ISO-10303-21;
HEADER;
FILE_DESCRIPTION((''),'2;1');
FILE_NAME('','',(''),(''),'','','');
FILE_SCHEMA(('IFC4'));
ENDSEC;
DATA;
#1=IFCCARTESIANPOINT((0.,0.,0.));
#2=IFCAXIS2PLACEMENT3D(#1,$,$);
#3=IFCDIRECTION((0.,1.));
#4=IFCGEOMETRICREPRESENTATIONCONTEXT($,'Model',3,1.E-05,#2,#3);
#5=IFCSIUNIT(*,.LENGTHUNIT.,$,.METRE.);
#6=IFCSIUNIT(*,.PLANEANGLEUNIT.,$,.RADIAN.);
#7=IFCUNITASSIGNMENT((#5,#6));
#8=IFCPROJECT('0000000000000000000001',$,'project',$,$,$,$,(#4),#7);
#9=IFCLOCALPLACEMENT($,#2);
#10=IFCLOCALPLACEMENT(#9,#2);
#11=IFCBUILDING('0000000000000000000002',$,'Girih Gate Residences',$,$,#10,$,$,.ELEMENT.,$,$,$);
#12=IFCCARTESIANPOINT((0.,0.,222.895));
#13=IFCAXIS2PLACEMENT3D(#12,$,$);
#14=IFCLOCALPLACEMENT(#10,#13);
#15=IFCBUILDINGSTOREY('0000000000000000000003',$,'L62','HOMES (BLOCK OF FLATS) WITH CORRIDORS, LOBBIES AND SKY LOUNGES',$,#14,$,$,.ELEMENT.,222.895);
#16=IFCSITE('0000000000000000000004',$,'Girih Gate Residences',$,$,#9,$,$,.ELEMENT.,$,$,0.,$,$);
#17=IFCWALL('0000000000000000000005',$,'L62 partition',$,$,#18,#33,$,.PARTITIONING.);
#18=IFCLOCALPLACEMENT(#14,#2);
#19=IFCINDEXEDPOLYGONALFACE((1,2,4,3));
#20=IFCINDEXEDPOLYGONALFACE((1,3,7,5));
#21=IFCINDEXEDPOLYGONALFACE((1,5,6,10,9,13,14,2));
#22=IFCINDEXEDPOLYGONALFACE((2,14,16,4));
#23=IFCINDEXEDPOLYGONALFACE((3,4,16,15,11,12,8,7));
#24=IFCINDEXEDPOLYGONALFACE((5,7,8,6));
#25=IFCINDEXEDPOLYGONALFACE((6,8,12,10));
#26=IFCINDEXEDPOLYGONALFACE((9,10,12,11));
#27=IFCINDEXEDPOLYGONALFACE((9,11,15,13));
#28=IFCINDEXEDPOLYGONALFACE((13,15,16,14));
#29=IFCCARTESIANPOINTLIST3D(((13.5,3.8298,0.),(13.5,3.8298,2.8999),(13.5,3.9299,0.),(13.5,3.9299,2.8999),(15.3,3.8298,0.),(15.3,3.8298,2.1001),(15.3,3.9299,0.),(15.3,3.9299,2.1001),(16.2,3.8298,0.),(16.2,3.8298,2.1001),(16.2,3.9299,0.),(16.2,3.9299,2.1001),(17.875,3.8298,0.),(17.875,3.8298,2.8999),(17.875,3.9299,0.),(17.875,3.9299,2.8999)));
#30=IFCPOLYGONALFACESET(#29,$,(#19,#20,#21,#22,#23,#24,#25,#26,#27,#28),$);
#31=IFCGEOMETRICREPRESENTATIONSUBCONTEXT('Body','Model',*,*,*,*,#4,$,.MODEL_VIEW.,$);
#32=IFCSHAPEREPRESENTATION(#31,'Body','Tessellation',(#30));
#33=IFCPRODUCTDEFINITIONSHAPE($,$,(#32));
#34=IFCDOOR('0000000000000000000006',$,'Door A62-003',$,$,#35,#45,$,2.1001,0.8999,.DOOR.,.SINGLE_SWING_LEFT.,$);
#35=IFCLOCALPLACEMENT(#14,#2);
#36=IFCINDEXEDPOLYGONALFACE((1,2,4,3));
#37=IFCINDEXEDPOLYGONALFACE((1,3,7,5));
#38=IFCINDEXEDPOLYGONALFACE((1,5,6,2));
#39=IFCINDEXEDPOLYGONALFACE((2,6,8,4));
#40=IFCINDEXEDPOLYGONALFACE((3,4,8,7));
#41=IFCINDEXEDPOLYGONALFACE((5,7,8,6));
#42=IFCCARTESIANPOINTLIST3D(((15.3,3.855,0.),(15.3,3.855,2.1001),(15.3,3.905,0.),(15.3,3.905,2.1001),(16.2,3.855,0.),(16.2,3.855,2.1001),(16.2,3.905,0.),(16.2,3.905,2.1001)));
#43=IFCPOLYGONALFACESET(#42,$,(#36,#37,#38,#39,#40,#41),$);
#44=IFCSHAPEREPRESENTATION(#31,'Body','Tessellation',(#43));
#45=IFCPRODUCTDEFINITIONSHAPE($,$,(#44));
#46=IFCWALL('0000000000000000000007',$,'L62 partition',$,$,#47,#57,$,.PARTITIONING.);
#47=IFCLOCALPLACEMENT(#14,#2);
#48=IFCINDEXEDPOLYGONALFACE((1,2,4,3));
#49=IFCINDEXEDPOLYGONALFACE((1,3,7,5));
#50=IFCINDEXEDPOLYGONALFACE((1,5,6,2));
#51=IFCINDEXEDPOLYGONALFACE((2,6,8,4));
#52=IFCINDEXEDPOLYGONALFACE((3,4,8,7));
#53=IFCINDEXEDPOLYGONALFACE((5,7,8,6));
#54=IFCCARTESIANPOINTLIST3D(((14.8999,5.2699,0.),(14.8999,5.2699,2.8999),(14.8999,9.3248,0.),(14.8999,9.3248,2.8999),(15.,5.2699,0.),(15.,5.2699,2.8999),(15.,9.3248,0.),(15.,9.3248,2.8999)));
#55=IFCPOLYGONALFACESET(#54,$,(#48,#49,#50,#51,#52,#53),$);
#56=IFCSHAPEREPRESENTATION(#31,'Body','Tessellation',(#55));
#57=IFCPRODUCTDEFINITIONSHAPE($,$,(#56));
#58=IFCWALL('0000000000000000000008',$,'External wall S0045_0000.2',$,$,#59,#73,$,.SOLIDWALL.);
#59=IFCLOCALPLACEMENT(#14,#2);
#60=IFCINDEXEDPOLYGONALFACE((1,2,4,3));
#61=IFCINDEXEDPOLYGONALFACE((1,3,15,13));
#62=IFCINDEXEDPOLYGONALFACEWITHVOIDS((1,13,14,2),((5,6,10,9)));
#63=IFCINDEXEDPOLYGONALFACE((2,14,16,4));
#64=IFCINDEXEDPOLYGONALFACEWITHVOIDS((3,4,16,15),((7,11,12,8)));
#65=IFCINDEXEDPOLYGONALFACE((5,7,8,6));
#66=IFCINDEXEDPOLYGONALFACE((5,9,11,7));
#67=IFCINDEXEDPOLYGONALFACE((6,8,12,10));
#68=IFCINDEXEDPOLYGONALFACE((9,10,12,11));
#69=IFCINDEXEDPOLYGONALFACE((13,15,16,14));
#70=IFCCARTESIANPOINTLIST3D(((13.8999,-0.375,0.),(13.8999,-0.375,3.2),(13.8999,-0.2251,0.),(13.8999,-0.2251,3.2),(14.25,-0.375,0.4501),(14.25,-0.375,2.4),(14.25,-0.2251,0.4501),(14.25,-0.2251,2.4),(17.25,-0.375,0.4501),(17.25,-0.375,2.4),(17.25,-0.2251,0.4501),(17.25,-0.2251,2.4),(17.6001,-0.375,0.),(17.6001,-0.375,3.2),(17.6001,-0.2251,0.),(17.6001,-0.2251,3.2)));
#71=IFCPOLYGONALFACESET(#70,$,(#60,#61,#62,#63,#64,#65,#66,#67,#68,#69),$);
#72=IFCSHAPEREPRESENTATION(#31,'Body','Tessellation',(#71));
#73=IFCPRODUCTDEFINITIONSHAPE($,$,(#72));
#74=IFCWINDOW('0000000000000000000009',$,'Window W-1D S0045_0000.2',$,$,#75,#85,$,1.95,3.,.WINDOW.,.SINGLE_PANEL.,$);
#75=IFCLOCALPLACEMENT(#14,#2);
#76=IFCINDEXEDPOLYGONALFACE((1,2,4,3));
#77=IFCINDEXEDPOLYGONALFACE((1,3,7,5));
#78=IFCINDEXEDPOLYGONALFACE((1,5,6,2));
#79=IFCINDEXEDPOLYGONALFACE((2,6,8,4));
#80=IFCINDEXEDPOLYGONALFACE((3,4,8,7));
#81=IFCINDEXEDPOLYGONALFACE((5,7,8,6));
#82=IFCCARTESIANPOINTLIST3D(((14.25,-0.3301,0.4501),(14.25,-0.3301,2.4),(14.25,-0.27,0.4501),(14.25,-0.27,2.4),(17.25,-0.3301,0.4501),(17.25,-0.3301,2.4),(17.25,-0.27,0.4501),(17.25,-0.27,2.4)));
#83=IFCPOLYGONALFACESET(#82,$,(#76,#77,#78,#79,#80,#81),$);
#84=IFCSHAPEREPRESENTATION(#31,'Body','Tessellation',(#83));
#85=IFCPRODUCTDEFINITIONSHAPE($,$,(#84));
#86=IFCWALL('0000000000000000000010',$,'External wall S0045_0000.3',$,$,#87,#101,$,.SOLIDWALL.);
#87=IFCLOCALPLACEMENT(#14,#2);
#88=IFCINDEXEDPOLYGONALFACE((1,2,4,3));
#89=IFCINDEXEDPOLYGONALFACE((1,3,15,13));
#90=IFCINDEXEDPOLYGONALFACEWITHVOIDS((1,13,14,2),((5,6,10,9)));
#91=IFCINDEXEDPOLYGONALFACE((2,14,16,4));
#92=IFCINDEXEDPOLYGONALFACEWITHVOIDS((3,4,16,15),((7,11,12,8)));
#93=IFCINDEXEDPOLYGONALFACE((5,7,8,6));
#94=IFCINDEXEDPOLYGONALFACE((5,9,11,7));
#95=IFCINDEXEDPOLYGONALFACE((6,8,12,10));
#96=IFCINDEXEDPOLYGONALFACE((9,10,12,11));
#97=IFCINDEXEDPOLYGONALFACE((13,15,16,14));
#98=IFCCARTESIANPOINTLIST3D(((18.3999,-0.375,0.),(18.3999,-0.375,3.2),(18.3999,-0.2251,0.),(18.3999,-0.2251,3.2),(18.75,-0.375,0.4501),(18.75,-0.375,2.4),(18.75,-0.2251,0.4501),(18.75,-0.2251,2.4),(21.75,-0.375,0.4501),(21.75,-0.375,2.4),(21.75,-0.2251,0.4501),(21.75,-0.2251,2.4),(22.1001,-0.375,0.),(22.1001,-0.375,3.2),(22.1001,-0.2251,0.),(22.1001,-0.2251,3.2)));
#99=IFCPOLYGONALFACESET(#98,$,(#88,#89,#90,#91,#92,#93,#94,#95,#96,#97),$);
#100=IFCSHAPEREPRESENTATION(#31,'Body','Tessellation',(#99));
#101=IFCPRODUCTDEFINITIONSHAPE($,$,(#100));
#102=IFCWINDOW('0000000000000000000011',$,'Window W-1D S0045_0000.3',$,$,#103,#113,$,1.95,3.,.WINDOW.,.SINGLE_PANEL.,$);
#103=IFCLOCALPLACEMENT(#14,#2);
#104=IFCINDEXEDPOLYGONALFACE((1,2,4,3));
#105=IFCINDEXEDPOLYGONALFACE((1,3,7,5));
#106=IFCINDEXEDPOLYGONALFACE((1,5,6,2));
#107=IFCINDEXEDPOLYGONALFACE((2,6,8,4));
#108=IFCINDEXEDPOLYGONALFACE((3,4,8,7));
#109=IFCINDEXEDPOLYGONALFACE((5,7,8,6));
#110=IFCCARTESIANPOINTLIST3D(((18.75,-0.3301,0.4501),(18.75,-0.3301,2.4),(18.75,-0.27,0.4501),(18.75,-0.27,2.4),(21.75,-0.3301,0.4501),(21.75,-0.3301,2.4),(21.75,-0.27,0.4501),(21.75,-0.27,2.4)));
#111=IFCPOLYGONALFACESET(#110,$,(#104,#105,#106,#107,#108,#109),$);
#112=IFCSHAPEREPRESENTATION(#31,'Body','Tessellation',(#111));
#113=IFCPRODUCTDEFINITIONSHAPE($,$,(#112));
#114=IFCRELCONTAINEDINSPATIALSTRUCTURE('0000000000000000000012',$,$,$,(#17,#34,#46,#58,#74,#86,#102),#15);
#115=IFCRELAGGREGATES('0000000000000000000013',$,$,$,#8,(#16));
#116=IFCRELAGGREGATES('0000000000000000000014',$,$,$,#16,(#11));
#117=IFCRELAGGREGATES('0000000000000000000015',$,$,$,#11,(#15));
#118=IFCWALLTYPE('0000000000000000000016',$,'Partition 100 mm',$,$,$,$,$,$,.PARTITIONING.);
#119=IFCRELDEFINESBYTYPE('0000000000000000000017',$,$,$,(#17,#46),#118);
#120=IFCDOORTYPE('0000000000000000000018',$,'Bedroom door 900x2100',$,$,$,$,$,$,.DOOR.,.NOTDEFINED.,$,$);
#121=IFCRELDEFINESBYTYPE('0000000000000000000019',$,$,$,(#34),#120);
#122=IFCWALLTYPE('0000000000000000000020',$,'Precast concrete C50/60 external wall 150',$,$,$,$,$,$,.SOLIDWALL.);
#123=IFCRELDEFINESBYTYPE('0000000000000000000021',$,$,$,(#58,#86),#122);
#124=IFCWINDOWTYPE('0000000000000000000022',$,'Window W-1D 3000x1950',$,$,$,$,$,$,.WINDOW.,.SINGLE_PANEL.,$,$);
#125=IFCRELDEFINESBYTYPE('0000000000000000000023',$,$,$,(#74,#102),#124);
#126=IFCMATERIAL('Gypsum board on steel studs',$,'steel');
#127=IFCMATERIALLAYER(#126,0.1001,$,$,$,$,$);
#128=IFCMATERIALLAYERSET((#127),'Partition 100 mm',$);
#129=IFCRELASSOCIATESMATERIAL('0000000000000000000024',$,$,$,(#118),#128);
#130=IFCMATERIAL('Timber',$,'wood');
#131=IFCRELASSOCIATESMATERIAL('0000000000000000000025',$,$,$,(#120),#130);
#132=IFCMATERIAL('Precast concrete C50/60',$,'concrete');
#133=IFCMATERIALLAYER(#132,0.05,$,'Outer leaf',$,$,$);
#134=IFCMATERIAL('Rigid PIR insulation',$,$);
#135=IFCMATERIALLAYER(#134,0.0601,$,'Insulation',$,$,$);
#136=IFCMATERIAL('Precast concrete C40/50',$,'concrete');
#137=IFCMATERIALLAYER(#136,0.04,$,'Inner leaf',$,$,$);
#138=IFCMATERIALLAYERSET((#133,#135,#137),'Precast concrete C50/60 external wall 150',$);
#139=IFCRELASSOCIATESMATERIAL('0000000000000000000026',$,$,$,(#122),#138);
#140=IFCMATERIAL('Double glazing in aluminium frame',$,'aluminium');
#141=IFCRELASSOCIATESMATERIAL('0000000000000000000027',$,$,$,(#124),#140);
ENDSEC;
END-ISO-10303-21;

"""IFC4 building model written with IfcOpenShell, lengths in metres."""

from ifc_helpers import new_model, si_unit, direction, frame, frame_2d, origin, place, context, subcontext, project, spatial, rectangle, extrude, material, layer, layer_set, type_object, element, fill, save


model = new_model("IFC4")

# Units and contexts
model_context = context("Model", 3, precision=1e-05, world=origin(), true_north=direction((0.0, 1.0)))
body_context = subcontext(model_context, "Body", "Model", "MODEL_VIEW")
ifc_project = project(units=[si_unit("LENGTHUNIT", "METRE"), si_unit("PLANEANGLEUNIT", "RADIAN")], contexts=[model_context])

# Site, building, storey
site_placement = place(None, origin())
site = spatial("IfcSite", under=ifc_project, at=site_placement, Name="Girih Gate Residences", CompositionType="ELEMENT", RefElevation=0.0)
building_placement = place(site_placement, origin())
building = spatial("IfcBuilding", under=site, at=building_placement, Name="Girih Gate Residences", CompositionType="ELEMENT")
storey_placement = place(building_placement, frame((0.0, 0.0, 222.895)))
storey = spatial("IfcBuildingStorey", under=building, at=storey_placement, Name="L62", Description="HOMES (BLOCK OF FLATS) WITH CORRIDORS, LOBBIES AND SKY LOUNGES", CompositionType="ELEMENT", Elevation=222.895)

# Shared definitions
ifc_material_1 = material(Name="Gypsum board on steel studs", Category="steel")

# Shared definitions
ifc_layer_1 = layer(ifc_material_1, 0.1001)
ifc_layer_set_1 = layer_set([ifc_layer_1], Name="Partition 100 mm")
wall_type_1 = type_object("IfcWallType", Name="Partition 100 mm", PredefinedType="PARTITIONING", material=ifc_layer_set_1)

# Wall, opening, door
ifc_material_2 = material(Name="Timber", Category="wood")
door_type_1 = type_object("IfcDoorType", Name="Bedroom door 900x2100", OperationType="NOTDEFINED", PredefinedType="DOOR", material=ifc_material_2)
wall_1_placement = place(storey_placement, frame((17.875, 3.8799, 0.0), z_axis=(0.0, 0.0, 1.0), x_axis=(-1.0, 0.0, 0.0)))
wall_1 = element("IfcWall", 1, at=wall_1_placement, inside=storey, type_object=wall_type_1, Name="L62 partition", PredefinedType="PARTITIONING", context=body_context, shape_type="SweptSolid", body=[
    extrude(rectangle(XDim=4.375, YDim=0.1001, at=frame_2d((2.1875, 0.0))), origin(), (0.0, 0.0, 1.0), 2.8999),
])
opening_1_placement = place(wall_1_placement, frame((1.675, 0.0, 0.0)))
opening_1 = element("IfcOpeningElement", 2, at=opening_1_placement, cuts=wall_1, PredefinedType="OPENING", context=body_context, shape_type="SweptSolid", body=[
    extrude(rectangle(XDim=0.8999, YDim=2.1001, at=frame_2d((0.45, 1.05))), frame((0.0, 0.0601, 0.0), z_axis=(0.0, -1.0, 0.0), x_axis=(1.0, 0.0, 0.0)), (0.0, 0.0, 1.0), 0.1201),
])
door_1_placement = place(opening_1_placement, origin())
door_1 = element("IfcDoor", 3, at=door_1_placement, inside=storey, type_object=door_type_1, Name="Door A62-003", OperationType="SINGLE_SWING_LEFT", OverallHeight=2.1001, OverallWidth=0.8999, PredefinedType="DOOR", context=body_context, shape_type="SweptSolid", body=[
    extrude(rectangle(XDim=0.8999, YDim=2.1001, at=frame_2d((0.45, 1.05))), frame((0.0, 0.0249, 0.0), z_axis=(0.0, -1.0, 0.0), x_axis=(1.0, 0.0, 0.0)), (0.0, 0.0, 1.0), 0.05),
])
fill(opening_1, door_1)

# Wall
wall_2_placement = place(storey_placement, frame((14.95, 5.27, 0.0), z_axis=(0.0, 0.0, 1.0), x_axis=(0.0, 1.0, 0.0)))
element("IfcWall", 4, at=wall_2_placement, inside=storey, type_object=wall_type_1, Name="L62 partition", PredefinedType="PARTITIONING", context=body_context, shape_type="SweptSolid", body=[
    extrude(rectangle(XDim=4.0549, YDim=0.1001, at=frame_2d((2.0273, 0.0))), origin(), (0.0, 0.0, 1.0), 2.8999),
])

# Walls, openings, windows
ifc_material_3 = material(Name="Precast concrete C50/60", Category="concrete")
ifc_layer_2 = layer(ifc_material_3, 0.05, Name="Outer leaf")
ifc_material_4 = material(Name="Rigid PIR insulation")
ifc_layer_3 = layer(ifc_material_4, 0.0601, Name="Insulation")
ifc_material_5 = material(Name="Precast concrete C40/50", Category="concrete")
ifc_layer_4 = layer(ifc_material_5, 0.04, Name="Inner leaf")
ifc_layer_set_2 = layer_set([ifc_layer_2, ifc_layer_3, ifc_layer_4], Name="Precast concrete C50/60 external wall 150")
wall_type_2 = type_object("IfcWallType", Name="Precast concrete C50/60 external wall 150", PredefinedType="SOLIDWALL", material=ifc_layer_set_2)
wall_3_placement = place(storey_placement, frame((17.6001, -0.3, 0.0), z_axis=(0.0, 0.0, 1.0), x_axis=(-1.0, 0.0, 0.0)))
wall_3 = element("IfcWall", 5, at=wall_3_placement, inside=storey, type_object=wall_type_2, Name="External wall S0045_0000.2", PredefinedType="SOLIDWALL", context=body_context, shape_type="SweptSolid", body=[
    extrude(rectangle(XDim=3.7002, YDim=0.1499, at=frame_2d((1.8501, 0.0))), origin(), (0.0, 0.0, 1.0), 3.2),
])
opening_2_placement = place(wall_3_placement, frame((0.3501, 0.0, 0.45)))
opening_2 = element("IfcOpeningElement", 6, at=opening_2_placement, cuts=wall_3, PredefinedType="OPENING", context=body_context, shape_type="SweptSolid", body=[
    extrude(rectangle(XDim=3.0, YDim=1.95, at=frame_2d((1.5, 0.9751))), frame((0.0, 0.085, 0.0), z_axis=(0.0, -1.0, 0.0), x_axis=(1.0, 0.0, 0.0)), (0.0, 0.0, 1.0), 0.1699),
])
ifc_material_6 = material(Name="Double glazing in aluminium frame", Category="aluminium")
window_type = type_object("IfcWindowType", Name="Window W-1D 3000x1950", PartitioningType="SINGLE_PANEL", PredefinedType="WINDOW", material=ifc_material_6)
window_1_placement = place(opening_2_placement, origin())
window_1 = element("IfcWindow", 7, at=window_1_placement, inside=storey, type_object=window_type, Name="Window W-1D S0045_0000.2", OverallHeight=1.95, OverallWidth=3.0, PartitioningType="SINGLE_PANEL", PredefinedType="WINDOW", context=body_context, shape_type="SweptSolid", body=[
    extrude(rectangle(XDim=3.0, YDim=1.95, at=frame_2d((1.5, 0.9751))), frame((0.0, 0.03, 0.0), z_axis=(0.0, -1.0, 0.0), x_axis=(1.0, 0.0, 0.0)), (0.0, 0.0, 1.0), 0.0601),
])
fill(opening_2, window_1)
wall_4_placement = place(storey_placement, frame((22.1001, -0.3, 0.0), z_axis=(0.0, 0.0, 1.0), x_axis=(-1.0, 0.0, 0.0)))
wall_4 = element("IfcWall", 8, at=wall_4_placement, inside=storey, type_object=wall_type_2, Name="External wall S0045_0000.3", PredefinedType="SOLIDWALL", context=body_context, shape_type="SweptSolid", body=[
    extrude(rectangle(XDim=3.7002, YDim=0.1499, at=frame_2d((1.8501, 0.0))), origin(), (0.0, 0.0, 1.0), 3.2),
])
opening_3_placement = place(wall_4_placement, frame((0.3501, 0.0, 0.45)))
opening_3 = element("IfcOpeningElement", 9, at=opening_3_placement, cuts=wall_4, PredefinedType="OPENING", context=body_context, shape_type="SweptSolid", body=[
    extrude(rectangle(XDim=3.0, YDim=1.95, at=frame_2d((1.5, 0.9751))), frame((0.0, 0.085, 0.0), z_axis=(0.0, -1.0, 0.0), x_axis=(1.0, 0.0, 0.0)), (0.0, 0.0, 1.0), 0.1699),
])
window_2_placement = place(opening_3_placement, origin())
window_2 = element("IfcWindow", 10, at=window_2_placement, inside=storey, type_object=window_type, Name="Window W-1D S0045_0000.3", OverallHeight=1.95, OverallWidth=3.0, PartitioningType="SINGLE_PANEL", PredefinedType="WINDOW", context=body_context, shape_type="SweptSolid", body=[
    extrude(rectangle(XDim=3.0, YDim=1.95, at=frame_2d((1.5, 0.9751))), frame((0.0, 0.03, 0.0), z_axis=(0.0, -1.0, 0.0), x_axis=(1.0, 0.0, 0.0)), (0.0, 0.0, 1.0), 0.0601),
])
fill(opening_3, window_2)

save(model, "model.ifc")
